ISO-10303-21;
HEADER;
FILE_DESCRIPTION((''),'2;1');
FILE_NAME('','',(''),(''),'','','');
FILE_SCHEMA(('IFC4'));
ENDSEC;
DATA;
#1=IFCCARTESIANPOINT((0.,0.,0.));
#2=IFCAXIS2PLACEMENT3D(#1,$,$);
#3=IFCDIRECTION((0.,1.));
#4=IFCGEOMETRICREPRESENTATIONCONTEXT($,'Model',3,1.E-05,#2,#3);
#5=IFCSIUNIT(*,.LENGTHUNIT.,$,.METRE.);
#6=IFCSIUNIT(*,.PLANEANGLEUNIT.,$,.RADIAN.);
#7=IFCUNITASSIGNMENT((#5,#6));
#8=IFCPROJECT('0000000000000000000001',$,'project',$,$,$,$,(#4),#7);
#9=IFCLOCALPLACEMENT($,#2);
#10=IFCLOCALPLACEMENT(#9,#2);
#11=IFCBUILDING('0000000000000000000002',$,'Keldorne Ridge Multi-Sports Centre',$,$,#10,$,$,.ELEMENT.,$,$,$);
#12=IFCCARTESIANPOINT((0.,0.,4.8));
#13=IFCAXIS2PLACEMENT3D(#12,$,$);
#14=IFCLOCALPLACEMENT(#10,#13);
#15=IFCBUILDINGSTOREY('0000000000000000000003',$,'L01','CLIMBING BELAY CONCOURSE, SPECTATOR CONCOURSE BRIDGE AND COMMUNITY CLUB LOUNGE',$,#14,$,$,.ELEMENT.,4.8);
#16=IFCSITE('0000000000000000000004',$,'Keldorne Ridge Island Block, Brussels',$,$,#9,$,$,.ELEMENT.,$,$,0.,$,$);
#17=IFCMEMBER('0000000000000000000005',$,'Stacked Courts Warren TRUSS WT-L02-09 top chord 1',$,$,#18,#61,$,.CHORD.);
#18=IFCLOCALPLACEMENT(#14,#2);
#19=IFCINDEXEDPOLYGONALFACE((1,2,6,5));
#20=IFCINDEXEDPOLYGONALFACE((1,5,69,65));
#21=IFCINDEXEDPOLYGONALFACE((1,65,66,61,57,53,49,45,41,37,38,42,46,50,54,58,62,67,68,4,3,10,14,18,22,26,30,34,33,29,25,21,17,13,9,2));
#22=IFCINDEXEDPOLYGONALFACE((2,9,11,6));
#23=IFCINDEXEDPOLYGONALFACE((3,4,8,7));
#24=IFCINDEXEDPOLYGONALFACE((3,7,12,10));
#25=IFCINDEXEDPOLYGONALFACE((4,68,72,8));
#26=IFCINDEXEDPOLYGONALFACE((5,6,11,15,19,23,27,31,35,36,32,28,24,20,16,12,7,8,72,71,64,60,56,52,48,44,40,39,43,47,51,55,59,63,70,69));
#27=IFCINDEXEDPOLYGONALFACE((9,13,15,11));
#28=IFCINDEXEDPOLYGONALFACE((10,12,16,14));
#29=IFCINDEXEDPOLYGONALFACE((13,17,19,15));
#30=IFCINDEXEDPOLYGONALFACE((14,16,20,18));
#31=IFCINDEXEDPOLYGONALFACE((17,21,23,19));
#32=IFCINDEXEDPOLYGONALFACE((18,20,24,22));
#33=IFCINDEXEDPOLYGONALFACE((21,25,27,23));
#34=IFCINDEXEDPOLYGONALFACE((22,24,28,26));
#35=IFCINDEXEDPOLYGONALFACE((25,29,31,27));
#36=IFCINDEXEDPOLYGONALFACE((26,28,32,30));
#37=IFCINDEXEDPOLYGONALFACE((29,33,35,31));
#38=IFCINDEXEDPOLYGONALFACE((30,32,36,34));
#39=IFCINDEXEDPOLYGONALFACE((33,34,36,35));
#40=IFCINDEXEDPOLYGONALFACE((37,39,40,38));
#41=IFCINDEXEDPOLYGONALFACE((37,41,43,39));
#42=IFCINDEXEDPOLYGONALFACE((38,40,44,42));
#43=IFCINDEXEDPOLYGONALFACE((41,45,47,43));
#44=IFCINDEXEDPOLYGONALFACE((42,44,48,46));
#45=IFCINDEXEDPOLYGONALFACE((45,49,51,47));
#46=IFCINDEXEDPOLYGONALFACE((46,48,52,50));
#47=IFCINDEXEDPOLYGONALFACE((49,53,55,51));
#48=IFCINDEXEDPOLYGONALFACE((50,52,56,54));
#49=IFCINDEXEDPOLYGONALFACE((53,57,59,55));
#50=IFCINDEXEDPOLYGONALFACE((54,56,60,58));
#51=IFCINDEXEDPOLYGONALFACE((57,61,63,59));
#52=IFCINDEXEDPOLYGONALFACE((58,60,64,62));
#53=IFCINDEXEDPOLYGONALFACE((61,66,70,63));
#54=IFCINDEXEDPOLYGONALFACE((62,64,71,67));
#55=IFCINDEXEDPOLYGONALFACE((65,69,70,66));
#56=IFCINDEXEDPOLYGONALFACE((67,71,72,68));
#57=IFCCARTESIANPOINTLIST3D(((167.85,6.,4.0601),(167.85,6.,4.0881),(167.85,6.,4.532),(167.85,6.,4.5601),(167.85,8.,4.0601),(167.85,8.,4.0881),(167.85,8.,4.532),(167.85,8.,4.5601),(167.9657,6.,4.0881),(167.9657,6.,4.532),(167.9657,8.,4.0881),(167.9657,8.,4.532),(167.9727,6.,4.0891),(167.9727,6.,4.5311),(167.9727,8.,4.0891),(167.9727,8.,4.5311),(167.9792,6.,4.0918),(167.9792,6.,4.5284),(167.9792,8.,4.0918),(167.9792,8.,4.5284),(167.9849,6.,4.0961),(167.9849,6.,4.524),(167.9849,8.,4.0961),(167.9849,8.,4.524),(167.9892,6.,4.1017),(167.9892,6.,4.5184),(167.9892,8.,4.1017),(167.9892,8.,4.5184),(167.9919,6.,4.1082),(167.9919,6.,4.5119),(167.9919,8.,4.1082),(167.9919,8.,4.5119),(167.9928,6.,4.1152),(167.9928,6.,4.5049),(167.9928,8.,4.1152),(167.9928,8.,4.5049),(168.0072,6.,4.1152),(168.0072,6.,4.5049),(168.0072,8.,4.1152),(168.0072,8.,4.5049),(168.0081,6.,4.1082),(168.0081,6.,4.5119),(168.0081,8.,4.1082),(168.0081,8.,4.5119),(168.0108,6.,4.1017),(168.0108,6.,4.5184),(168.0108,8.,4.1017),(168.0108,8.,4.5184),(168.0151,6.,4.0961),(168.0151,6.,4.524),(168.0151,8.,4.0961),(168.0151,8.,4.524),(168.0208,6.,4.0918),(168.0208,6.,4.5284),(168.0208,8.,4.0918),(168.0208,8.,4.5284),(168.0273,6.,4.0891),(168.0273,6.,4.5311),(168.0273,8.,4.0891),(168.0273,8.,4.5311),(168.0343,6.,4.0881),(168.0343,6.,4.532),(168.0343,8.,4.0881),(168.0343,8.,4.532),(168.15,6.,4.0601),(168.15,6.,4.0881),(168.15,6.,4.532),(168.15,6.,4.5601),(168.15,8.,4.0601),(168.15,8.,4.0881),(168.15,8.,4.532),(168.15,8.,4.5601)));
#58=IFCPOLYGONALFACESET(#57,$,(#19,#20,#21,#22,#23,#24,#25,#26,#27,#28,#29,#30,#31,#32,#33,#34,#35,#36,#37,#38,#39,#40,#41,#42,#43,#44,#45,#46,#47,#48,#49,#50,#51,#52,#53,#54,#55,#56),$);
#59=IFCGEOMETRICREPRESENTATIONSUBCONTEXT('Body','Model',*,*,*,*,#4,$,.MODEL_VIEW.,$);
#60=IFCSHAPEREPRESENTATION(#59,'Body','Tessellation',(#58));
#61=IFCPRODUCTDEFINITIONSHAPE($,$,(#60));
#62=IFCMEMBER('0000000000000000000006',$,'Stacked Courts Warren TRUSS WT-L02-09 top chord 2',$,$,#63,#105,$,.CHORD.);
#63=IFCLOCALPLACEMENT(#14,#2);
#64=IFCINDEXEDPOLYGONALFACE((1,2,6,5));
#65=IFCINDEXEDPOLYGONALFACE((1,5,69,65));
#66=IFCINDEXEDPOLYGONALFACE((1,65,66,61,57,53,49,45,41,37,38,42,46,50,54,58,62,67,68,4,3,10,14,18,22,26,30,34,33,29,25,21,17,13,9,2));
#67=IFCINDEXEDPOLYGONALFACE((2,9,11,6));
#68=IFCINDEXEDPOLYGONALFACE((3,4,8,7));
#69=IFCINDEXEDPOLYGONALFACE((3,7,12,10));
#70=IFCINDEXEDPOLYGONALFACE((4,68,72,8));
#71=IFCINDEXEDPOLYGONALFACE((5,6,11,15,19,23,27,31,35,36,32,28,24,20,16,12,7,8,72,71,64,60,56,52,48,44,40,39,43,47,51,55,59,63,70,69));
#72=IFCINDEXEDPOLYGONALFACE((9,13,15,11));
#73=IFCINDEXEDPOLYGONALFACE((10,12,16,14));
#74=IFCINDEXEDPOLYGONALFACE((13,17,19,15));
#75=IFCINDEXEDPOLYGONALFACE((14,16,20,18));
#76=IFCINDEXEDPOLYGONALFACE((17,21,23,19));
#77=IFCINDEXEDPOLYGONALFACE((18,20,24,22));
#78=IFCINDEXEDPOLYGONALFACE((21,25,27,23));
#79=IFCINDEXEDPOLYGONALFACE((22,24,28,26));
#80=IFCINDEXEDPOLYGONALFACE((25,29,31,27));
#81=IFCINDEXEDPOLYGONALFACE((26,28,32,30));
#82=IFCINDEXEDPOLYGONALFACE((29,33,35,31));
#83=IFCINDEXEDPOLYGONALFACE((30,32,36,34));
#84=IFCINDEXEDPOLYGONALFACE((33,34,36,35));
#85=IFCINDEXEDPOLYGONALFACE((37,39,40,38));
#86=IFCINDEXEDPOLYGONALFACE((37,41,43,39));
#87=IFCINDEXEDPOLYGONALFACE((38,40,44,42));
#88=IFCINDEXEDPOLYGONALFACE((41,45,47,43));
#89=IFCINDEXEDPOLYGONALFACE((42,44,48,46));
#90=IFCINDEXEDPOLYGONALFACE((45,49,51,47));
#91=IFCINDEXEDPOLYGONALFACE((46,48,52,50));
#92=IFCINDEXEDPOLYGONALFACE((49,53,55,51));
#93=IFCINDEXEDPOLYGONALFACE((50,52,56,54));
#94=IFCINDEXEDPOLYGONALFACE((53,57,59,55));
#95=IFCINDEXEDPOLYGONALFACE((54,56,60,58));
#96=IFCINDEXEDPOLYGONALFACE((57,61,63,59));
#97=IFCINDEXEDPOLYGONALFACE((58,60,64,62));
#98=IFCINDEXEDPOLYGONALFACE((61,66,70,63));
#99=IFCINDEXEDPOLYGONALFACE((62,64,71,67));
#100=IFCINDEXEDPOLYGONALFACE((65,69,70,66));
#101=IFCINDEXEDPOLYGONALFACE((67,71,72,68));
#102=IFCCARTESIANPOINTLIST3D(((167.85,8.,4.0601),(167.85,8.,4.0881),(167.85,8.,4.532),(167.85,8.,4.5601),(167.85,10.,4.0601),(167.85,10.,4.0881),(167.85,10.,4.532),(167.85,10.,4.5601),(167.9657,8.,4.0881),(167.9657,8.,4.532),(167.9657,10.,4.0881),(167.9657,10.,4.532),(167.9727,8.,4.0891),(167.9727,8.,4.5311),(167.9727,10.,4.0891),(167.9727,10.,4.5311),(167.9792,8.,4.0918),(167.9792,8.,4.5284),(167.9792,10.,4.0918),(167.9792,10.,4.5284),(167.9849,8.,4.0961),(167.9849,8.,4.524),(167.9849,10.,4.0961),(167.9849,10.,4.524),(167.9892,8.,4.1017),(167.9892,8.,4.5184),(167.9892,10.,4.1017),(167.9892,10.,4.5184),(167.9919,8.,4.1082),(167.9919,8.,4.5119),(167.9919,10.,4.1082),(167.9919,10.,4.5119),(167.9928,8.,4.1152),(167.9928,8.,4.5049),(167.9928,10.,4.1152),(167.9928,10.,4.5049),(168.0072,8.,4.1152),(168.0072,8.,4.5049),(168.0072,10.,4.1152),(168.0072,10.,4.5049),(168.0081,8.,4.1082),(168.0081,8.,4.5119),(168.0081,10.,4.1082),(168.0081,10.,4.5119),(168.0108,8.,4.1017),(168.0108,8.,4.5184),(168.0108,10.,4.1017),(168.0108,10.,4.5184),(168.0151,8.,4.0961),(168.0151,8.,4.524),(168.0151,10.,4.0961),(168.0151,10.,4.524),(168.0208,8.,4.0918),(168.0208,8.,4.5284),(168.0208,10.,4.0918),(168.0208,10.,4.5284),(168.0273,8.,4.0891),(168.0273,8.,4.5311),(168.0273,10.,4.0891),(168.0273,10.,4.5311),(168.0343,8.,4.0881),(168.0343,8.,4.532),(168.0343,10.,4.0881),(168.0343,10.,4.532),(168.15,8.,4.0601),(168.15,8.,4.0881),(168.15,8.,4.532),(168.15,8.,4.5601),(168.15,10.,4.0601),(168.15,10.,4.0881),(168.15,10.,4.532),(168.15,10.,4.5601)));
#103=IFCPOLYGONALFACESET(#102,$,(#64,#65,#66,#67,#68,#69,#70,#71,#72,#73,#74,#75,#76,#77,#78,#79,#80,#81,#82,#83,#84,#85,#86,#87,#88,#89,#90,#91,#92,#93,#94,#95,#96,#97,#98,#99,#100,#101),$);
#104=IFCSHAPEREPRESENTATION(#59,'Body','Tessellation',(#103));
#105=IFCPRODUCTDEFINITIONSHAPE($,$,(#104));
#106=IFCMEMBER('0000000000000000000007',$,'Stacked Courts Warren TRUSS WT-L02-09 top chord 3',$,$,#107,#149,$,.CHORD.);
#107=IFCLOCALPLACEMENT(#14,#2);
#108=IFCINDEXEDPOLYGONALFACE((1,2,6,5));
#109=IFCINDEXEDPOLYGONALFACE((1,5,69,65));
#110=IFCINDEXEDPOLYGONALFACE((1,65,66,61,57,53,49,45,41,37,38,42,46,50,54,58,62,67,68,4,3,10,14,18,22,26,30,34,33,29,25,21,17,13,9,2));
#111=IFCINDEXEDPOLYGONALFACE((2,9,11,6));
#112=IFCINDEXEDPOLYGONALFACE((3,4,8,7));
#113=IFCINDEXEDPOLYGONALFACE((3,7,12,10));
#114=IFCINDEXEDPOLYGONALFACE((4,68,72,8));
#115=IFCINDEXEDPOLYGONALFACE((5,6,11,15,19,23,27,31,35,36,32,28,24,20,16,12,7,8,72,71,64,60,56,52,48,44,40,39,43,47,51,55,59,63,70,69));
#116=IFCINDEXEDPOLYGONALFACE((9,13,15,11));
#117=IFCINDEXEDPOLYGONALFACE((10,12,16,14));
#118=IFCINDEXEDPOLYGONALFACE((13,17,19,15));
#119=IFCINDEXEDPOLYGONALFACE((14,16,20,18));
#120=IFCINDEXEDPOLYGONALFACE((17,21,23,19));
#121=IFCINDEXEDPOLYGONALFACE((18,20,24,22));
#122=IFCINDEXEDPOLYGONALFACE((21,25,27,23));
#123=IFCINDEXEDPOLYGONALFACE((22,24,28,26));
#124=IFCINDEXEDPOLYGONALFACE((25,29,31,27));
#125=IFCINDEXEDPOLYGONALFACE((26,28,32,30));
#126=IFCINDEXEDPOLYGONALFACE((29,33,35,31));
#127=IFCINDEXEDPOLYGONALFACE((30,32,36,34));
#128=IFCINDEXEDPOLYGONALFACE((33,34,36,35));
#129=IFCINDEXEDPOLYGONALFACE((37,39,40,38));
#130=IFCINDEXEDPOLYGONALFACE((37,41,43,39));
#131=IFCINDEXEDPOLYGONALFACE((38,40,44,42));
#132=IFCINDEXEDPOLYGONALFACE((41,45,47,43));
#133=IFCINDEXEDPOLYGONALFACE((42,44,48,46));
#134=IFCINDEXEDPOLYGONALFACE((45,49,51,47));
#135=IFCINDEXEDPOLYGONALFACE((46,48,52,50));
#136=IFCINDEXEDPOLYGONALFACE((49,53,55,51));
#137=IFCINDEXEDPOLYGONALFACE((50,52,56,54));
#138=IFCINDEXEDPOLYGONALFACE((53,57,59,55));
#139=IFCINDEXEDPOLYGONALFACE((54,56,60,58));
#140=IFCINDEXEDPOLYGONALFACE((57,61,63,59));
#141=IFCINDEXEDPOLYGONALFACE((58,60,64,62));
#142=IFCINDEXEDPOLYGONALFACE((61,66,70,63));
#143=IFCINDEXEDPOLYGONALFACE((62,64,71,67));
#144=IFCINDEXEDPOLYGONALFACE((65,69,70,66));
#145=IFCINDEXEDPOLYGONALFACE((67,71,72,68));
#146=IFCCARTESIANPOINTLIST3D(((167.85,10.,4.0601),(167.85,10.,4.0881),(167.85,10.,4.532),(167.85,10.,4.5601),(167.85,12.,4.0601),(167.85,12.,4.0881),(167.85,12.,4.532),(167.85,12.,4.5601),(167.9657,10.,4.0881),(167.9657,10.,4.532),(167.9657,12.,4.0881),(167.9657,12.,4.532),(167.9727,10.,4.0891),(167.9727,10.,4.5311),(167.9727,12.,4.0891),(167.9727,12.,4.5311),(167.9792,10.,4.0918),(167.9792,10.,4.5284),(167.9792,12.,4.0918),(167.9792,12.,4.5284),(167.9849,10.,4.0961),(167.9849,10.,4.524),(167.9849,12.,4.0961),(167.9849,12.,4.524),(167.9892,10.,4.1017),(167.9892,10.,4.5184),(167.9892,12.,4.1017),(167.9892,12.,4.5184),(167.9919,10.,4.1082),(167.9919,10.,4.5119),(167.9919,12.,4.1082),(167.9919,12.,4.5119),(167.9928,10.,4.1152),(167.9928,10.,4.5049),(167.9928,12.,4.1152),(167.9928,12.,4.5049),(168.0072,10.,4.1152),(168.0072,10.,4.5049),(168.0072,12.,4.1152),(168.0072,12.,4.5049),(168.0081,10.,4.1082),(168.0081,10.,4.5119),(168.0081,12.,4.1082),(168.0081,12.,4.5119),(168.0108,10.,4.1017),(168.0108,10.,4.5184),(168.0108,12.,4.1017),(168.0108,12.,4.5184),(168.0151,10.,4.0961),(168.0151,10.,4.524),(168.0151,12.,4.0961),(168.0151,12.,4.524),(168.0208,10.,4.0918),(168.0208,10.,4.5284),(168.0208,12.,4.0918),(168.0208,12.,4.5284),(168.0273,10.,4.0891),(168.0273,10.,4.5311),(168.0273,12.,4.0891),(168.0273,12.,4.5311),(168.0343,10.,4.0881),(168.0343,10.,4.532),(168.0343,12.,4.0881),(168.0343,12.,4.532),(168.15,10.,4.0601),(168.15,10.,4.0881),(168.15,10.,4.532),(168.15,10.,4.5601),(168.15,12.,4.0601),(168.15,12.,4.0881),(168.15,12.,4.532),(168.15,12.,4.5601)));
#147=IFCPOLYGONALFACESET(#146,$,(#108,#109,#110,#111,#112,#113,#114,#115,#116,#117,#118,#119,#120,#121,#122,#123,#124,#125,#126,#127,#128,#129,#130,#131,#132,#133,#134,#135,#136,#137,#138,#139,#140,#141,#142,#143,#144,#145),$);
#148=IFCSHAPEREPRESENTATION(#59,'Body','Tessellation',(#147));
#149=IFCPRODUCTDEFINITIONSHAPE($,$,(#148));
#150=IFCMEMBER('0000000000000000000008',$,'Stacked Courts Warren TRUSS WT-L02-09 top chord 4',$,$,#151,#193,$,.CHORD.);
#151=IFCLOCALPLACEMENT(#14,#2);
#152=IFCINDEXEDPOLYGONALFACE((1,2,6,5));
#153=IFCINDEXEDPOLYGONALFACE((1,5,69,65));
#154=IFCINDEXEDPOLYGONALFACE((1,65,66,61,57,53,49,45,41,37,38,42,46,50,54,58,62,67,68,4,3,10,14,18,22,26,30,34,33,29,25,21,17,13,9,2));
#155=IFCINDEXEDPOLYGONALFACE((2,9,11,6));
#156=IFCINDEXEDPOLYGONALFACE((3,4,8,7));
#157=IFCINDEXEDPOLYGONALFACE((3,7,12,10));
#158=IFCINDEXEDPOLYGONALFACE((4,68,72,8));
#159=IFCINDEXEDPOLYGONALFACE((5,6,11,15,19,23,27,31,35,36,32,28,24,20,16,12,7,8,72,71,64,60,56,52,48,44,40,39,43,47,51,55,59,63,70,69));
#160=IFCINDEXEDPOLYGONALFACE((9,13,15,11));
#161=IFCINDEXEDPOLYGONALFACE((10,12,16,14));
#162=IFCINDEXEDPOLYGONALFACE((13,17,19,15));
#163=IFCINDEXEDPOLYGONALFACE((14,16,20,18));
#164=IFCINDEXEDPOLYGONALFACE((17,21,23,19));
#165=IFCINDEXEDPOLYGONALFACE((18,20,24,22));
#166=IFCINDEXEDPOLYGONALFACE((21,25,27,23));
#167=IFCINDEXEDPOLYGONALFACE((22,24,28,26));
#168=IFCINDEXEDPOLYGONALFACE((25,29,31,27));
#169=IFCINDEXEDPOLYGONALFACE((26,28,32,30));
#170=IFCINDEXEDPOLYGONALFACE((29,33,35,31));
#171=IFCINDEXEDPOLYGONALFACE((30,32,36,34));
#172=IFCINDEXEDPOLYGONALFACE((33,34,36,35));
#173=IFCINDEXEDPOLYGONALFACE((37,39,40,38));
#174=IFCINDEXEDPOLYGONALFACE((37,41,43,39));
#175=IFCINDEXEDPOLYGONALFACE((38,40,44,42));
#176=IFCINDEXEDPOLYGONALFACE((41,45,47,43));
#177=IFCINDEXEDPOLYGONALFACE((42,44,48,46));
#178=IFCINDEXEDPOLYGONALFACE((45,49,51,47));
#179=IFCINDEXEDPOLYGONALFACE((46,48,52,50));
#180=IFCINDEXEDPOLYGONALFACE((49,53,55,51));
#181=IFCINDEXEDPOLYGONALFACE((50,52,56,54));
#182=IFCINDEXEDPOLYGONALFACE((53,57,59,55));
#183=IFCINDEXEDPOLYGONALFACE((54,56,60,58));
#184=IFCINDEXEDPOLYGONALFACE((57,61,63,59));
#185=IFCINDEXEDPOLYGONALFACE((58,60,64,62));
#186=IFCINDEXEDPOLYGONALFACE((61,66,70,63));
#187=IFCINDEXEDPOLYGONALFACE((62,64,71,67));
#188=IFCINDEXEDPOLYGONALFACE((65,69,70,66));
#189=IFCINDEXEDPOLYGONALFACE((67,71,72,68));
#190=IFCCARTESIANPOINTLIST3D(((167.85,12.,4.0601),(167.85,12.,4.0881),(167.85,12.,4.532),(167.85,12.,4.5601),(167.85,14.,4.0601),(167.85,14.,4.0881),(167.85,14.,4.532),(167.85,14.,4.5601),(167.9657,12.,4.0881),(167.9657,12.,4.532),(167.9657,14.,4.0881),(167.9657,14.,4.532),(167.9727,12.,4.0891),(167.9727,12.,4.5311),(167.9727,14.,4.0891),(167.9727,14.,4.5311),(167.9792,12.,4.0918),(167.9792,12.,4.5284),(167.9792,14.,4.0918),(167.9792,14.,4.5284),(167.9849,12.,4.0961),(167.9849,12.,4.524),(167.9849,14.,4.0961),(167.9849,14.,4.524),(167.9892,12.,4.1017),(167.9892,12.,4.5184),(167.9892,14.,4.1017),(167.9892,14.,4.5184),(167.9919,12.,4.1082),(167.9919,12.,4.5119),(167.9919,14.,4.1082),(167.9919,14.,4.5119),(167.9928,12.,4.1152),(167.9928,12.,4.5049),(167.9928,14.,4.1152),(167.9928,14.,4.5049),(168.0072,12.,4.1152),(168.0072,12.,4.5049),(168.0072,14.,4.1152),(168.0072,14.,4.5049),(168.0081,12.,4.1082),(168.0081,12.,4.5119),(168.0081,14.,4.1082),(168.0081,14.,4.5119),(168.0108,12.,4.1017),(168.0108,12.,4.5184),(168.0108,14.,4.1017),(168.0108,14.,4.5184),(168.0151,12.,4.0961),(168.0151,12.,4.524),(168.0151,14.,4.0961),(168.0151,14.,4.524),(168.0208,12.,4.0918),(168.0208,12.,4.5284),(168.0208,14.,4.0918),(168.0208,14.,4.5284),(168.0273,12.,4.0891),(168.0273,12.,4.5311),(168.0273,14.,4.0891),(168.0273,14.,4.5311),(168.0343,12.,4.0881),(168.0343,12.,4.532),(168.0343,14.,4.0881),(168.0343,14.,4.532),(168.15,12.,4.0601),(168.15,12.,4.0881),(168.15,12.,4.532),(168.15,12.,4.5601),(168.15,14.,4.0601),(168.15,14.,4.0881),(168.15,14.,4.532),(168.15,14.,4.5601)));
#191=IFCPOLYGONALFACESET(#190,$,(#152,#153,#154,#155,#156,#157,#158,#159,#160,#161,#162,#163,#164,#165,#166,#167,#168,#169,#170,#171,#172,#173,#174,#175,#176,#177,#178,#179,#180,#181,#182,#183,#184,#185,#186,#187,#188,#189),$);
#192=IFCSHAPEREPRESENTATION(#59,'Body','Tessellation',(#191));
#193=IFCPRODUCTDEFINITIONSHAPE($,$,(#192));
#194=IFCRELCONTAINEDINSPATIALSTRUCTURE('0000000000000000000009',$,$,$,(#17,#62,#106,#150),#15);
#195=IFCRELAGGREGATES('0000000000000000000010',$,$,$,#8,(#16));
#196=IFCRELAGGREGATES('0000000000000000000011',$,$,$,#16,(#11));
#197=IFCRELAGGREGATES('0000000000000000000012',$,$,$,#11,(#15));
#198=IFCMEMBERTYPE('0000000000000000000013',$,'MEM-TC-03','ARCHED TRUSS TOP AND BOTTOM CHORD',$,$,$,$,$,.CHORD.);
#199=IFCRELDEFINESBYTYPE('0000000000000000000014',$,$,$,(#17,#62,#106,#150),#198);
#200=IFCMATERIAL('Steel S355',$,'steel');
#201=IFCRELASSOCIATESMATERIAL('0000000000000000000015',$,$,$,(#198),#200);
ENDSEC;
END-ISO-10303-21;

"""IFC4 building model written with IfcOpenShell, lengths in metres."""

from ifc_helpers import new_model, si_unit, direction, frame, origin, origin_2d, place, context, subcontext, project, spatial, i_section, extrude, material, material_profile, profile_set, type_object, element, save


model = new_model("IFC4")

# Units and contexts
model_context = context("Model", 3, precision=1e-05, world=origin(), true_north=direction((0.0, 1.0)))
body_context = subcontext(model_context, "Body", "Model", "MODEL_VIEW")
ifc_project = project(units=[si_unit("LENGTHUNIT", "METRE"), si_unit("PLANEANGLEUNIT", "RADIAN")], contexts=[model_context])

# Site, building, storey
site_placement = place(None, origin())
site = spatial("IfcSite", under=ifc_project, at=site_placement, Name="Keldorne Ridge Island Block, Brussels", CompositionType="ELEMENT", RefElevation=0.0)
building_placement = place(site_placement, origin())
building = spatial("IfcBuilding", under=site, at=building_placement, Name="Keldorne Ridge Multi-Sports Centre", CompositionType="ELEMENT")
storey_placement = place(building_placement, frame((0.0, 0.0, 4.8)))
storey = spatial("IfcBuildingStorey", under=building, at=storey_placement, Name="L01", Description="CLIMBING BELAY CONCOURSE, SPECTATOR CONCOURSE BRIDGE AND COMMUNITY CLUB LOUNGE", CompositionType="ELEMENT", Elevation=4.8)

# Shared definitions
ifc_material_1 = material(Name="Steel S355", Category="steel")

# Members
ifc_material_profile_1 = material_profile(ifc_material_1, i_section(OverallWidth=0.3, OverallDepth=0.5, WebThickness=0.0144, FlangeThickness=0.0281, FilletRadius=0.0271, at=origin_2d()), Name="HEB 500")
ifc_profile_set_1 = profile_set([ifc_material_profile_1], Name="Steel S355")
member_type_1 = type_object("IfcMemberType", Name="MEM-TC-03", Description="ARCHED TRUSS TOP AND BOTTOM CHORD", PredefinedType="CHORD", material=ifc_profile_set_1)
for number, where, z_axis, x_axis, name in (
    (1, (168.0, 6.0, 4.3101), (0.0, 1.0, 0.0), (-1.0, 0.0, 0.0), "Stacked Courts Warren TRUSS WT-L02-09 top chord 1"),
    (2, (168.0, 8.0, 4.3101), (0.0, 1.0, 0.0), (-1.0, 0.0, 0.0), "Stacked Courts Warren TRUSS WT-L02-09 top chord 2"),
    (3, (168.0, 10.0, 4.3101), (0.0, 1.0, 0.0), (-1.0, 0.0, 0.0), "Stacked Courts Warren TRUSS WT-L02-09 top chord 3"),
    (4, (168.0, 12.0, 4.3101), (0.0, 1.0, 0.0), (-1.0, 0.0, 0.0), "Stacked Courts Warren TRUSS WT-L02-09 top chord 4"),
):
    element("IfcMember", number, at=place(storey_placement, frame(where, z_axis=z_axis, x_axis=x_axis)), inside=storey, type_object=member_type_1, Name=name, PredefinedType="CHORD", context=body_context, shape_type="SweptSolid", body=[
        extrude(i_section(OverallWidth=0.3, OverallDepth=0.5, WebThickness=0.0144, FlangeThickness=0.0281, FilletRadius=0.0271, at=origin_2d()), origin(), (0.0, 0.0, 1.0), 2.0),
    ])

save(model, "model.ifc")
